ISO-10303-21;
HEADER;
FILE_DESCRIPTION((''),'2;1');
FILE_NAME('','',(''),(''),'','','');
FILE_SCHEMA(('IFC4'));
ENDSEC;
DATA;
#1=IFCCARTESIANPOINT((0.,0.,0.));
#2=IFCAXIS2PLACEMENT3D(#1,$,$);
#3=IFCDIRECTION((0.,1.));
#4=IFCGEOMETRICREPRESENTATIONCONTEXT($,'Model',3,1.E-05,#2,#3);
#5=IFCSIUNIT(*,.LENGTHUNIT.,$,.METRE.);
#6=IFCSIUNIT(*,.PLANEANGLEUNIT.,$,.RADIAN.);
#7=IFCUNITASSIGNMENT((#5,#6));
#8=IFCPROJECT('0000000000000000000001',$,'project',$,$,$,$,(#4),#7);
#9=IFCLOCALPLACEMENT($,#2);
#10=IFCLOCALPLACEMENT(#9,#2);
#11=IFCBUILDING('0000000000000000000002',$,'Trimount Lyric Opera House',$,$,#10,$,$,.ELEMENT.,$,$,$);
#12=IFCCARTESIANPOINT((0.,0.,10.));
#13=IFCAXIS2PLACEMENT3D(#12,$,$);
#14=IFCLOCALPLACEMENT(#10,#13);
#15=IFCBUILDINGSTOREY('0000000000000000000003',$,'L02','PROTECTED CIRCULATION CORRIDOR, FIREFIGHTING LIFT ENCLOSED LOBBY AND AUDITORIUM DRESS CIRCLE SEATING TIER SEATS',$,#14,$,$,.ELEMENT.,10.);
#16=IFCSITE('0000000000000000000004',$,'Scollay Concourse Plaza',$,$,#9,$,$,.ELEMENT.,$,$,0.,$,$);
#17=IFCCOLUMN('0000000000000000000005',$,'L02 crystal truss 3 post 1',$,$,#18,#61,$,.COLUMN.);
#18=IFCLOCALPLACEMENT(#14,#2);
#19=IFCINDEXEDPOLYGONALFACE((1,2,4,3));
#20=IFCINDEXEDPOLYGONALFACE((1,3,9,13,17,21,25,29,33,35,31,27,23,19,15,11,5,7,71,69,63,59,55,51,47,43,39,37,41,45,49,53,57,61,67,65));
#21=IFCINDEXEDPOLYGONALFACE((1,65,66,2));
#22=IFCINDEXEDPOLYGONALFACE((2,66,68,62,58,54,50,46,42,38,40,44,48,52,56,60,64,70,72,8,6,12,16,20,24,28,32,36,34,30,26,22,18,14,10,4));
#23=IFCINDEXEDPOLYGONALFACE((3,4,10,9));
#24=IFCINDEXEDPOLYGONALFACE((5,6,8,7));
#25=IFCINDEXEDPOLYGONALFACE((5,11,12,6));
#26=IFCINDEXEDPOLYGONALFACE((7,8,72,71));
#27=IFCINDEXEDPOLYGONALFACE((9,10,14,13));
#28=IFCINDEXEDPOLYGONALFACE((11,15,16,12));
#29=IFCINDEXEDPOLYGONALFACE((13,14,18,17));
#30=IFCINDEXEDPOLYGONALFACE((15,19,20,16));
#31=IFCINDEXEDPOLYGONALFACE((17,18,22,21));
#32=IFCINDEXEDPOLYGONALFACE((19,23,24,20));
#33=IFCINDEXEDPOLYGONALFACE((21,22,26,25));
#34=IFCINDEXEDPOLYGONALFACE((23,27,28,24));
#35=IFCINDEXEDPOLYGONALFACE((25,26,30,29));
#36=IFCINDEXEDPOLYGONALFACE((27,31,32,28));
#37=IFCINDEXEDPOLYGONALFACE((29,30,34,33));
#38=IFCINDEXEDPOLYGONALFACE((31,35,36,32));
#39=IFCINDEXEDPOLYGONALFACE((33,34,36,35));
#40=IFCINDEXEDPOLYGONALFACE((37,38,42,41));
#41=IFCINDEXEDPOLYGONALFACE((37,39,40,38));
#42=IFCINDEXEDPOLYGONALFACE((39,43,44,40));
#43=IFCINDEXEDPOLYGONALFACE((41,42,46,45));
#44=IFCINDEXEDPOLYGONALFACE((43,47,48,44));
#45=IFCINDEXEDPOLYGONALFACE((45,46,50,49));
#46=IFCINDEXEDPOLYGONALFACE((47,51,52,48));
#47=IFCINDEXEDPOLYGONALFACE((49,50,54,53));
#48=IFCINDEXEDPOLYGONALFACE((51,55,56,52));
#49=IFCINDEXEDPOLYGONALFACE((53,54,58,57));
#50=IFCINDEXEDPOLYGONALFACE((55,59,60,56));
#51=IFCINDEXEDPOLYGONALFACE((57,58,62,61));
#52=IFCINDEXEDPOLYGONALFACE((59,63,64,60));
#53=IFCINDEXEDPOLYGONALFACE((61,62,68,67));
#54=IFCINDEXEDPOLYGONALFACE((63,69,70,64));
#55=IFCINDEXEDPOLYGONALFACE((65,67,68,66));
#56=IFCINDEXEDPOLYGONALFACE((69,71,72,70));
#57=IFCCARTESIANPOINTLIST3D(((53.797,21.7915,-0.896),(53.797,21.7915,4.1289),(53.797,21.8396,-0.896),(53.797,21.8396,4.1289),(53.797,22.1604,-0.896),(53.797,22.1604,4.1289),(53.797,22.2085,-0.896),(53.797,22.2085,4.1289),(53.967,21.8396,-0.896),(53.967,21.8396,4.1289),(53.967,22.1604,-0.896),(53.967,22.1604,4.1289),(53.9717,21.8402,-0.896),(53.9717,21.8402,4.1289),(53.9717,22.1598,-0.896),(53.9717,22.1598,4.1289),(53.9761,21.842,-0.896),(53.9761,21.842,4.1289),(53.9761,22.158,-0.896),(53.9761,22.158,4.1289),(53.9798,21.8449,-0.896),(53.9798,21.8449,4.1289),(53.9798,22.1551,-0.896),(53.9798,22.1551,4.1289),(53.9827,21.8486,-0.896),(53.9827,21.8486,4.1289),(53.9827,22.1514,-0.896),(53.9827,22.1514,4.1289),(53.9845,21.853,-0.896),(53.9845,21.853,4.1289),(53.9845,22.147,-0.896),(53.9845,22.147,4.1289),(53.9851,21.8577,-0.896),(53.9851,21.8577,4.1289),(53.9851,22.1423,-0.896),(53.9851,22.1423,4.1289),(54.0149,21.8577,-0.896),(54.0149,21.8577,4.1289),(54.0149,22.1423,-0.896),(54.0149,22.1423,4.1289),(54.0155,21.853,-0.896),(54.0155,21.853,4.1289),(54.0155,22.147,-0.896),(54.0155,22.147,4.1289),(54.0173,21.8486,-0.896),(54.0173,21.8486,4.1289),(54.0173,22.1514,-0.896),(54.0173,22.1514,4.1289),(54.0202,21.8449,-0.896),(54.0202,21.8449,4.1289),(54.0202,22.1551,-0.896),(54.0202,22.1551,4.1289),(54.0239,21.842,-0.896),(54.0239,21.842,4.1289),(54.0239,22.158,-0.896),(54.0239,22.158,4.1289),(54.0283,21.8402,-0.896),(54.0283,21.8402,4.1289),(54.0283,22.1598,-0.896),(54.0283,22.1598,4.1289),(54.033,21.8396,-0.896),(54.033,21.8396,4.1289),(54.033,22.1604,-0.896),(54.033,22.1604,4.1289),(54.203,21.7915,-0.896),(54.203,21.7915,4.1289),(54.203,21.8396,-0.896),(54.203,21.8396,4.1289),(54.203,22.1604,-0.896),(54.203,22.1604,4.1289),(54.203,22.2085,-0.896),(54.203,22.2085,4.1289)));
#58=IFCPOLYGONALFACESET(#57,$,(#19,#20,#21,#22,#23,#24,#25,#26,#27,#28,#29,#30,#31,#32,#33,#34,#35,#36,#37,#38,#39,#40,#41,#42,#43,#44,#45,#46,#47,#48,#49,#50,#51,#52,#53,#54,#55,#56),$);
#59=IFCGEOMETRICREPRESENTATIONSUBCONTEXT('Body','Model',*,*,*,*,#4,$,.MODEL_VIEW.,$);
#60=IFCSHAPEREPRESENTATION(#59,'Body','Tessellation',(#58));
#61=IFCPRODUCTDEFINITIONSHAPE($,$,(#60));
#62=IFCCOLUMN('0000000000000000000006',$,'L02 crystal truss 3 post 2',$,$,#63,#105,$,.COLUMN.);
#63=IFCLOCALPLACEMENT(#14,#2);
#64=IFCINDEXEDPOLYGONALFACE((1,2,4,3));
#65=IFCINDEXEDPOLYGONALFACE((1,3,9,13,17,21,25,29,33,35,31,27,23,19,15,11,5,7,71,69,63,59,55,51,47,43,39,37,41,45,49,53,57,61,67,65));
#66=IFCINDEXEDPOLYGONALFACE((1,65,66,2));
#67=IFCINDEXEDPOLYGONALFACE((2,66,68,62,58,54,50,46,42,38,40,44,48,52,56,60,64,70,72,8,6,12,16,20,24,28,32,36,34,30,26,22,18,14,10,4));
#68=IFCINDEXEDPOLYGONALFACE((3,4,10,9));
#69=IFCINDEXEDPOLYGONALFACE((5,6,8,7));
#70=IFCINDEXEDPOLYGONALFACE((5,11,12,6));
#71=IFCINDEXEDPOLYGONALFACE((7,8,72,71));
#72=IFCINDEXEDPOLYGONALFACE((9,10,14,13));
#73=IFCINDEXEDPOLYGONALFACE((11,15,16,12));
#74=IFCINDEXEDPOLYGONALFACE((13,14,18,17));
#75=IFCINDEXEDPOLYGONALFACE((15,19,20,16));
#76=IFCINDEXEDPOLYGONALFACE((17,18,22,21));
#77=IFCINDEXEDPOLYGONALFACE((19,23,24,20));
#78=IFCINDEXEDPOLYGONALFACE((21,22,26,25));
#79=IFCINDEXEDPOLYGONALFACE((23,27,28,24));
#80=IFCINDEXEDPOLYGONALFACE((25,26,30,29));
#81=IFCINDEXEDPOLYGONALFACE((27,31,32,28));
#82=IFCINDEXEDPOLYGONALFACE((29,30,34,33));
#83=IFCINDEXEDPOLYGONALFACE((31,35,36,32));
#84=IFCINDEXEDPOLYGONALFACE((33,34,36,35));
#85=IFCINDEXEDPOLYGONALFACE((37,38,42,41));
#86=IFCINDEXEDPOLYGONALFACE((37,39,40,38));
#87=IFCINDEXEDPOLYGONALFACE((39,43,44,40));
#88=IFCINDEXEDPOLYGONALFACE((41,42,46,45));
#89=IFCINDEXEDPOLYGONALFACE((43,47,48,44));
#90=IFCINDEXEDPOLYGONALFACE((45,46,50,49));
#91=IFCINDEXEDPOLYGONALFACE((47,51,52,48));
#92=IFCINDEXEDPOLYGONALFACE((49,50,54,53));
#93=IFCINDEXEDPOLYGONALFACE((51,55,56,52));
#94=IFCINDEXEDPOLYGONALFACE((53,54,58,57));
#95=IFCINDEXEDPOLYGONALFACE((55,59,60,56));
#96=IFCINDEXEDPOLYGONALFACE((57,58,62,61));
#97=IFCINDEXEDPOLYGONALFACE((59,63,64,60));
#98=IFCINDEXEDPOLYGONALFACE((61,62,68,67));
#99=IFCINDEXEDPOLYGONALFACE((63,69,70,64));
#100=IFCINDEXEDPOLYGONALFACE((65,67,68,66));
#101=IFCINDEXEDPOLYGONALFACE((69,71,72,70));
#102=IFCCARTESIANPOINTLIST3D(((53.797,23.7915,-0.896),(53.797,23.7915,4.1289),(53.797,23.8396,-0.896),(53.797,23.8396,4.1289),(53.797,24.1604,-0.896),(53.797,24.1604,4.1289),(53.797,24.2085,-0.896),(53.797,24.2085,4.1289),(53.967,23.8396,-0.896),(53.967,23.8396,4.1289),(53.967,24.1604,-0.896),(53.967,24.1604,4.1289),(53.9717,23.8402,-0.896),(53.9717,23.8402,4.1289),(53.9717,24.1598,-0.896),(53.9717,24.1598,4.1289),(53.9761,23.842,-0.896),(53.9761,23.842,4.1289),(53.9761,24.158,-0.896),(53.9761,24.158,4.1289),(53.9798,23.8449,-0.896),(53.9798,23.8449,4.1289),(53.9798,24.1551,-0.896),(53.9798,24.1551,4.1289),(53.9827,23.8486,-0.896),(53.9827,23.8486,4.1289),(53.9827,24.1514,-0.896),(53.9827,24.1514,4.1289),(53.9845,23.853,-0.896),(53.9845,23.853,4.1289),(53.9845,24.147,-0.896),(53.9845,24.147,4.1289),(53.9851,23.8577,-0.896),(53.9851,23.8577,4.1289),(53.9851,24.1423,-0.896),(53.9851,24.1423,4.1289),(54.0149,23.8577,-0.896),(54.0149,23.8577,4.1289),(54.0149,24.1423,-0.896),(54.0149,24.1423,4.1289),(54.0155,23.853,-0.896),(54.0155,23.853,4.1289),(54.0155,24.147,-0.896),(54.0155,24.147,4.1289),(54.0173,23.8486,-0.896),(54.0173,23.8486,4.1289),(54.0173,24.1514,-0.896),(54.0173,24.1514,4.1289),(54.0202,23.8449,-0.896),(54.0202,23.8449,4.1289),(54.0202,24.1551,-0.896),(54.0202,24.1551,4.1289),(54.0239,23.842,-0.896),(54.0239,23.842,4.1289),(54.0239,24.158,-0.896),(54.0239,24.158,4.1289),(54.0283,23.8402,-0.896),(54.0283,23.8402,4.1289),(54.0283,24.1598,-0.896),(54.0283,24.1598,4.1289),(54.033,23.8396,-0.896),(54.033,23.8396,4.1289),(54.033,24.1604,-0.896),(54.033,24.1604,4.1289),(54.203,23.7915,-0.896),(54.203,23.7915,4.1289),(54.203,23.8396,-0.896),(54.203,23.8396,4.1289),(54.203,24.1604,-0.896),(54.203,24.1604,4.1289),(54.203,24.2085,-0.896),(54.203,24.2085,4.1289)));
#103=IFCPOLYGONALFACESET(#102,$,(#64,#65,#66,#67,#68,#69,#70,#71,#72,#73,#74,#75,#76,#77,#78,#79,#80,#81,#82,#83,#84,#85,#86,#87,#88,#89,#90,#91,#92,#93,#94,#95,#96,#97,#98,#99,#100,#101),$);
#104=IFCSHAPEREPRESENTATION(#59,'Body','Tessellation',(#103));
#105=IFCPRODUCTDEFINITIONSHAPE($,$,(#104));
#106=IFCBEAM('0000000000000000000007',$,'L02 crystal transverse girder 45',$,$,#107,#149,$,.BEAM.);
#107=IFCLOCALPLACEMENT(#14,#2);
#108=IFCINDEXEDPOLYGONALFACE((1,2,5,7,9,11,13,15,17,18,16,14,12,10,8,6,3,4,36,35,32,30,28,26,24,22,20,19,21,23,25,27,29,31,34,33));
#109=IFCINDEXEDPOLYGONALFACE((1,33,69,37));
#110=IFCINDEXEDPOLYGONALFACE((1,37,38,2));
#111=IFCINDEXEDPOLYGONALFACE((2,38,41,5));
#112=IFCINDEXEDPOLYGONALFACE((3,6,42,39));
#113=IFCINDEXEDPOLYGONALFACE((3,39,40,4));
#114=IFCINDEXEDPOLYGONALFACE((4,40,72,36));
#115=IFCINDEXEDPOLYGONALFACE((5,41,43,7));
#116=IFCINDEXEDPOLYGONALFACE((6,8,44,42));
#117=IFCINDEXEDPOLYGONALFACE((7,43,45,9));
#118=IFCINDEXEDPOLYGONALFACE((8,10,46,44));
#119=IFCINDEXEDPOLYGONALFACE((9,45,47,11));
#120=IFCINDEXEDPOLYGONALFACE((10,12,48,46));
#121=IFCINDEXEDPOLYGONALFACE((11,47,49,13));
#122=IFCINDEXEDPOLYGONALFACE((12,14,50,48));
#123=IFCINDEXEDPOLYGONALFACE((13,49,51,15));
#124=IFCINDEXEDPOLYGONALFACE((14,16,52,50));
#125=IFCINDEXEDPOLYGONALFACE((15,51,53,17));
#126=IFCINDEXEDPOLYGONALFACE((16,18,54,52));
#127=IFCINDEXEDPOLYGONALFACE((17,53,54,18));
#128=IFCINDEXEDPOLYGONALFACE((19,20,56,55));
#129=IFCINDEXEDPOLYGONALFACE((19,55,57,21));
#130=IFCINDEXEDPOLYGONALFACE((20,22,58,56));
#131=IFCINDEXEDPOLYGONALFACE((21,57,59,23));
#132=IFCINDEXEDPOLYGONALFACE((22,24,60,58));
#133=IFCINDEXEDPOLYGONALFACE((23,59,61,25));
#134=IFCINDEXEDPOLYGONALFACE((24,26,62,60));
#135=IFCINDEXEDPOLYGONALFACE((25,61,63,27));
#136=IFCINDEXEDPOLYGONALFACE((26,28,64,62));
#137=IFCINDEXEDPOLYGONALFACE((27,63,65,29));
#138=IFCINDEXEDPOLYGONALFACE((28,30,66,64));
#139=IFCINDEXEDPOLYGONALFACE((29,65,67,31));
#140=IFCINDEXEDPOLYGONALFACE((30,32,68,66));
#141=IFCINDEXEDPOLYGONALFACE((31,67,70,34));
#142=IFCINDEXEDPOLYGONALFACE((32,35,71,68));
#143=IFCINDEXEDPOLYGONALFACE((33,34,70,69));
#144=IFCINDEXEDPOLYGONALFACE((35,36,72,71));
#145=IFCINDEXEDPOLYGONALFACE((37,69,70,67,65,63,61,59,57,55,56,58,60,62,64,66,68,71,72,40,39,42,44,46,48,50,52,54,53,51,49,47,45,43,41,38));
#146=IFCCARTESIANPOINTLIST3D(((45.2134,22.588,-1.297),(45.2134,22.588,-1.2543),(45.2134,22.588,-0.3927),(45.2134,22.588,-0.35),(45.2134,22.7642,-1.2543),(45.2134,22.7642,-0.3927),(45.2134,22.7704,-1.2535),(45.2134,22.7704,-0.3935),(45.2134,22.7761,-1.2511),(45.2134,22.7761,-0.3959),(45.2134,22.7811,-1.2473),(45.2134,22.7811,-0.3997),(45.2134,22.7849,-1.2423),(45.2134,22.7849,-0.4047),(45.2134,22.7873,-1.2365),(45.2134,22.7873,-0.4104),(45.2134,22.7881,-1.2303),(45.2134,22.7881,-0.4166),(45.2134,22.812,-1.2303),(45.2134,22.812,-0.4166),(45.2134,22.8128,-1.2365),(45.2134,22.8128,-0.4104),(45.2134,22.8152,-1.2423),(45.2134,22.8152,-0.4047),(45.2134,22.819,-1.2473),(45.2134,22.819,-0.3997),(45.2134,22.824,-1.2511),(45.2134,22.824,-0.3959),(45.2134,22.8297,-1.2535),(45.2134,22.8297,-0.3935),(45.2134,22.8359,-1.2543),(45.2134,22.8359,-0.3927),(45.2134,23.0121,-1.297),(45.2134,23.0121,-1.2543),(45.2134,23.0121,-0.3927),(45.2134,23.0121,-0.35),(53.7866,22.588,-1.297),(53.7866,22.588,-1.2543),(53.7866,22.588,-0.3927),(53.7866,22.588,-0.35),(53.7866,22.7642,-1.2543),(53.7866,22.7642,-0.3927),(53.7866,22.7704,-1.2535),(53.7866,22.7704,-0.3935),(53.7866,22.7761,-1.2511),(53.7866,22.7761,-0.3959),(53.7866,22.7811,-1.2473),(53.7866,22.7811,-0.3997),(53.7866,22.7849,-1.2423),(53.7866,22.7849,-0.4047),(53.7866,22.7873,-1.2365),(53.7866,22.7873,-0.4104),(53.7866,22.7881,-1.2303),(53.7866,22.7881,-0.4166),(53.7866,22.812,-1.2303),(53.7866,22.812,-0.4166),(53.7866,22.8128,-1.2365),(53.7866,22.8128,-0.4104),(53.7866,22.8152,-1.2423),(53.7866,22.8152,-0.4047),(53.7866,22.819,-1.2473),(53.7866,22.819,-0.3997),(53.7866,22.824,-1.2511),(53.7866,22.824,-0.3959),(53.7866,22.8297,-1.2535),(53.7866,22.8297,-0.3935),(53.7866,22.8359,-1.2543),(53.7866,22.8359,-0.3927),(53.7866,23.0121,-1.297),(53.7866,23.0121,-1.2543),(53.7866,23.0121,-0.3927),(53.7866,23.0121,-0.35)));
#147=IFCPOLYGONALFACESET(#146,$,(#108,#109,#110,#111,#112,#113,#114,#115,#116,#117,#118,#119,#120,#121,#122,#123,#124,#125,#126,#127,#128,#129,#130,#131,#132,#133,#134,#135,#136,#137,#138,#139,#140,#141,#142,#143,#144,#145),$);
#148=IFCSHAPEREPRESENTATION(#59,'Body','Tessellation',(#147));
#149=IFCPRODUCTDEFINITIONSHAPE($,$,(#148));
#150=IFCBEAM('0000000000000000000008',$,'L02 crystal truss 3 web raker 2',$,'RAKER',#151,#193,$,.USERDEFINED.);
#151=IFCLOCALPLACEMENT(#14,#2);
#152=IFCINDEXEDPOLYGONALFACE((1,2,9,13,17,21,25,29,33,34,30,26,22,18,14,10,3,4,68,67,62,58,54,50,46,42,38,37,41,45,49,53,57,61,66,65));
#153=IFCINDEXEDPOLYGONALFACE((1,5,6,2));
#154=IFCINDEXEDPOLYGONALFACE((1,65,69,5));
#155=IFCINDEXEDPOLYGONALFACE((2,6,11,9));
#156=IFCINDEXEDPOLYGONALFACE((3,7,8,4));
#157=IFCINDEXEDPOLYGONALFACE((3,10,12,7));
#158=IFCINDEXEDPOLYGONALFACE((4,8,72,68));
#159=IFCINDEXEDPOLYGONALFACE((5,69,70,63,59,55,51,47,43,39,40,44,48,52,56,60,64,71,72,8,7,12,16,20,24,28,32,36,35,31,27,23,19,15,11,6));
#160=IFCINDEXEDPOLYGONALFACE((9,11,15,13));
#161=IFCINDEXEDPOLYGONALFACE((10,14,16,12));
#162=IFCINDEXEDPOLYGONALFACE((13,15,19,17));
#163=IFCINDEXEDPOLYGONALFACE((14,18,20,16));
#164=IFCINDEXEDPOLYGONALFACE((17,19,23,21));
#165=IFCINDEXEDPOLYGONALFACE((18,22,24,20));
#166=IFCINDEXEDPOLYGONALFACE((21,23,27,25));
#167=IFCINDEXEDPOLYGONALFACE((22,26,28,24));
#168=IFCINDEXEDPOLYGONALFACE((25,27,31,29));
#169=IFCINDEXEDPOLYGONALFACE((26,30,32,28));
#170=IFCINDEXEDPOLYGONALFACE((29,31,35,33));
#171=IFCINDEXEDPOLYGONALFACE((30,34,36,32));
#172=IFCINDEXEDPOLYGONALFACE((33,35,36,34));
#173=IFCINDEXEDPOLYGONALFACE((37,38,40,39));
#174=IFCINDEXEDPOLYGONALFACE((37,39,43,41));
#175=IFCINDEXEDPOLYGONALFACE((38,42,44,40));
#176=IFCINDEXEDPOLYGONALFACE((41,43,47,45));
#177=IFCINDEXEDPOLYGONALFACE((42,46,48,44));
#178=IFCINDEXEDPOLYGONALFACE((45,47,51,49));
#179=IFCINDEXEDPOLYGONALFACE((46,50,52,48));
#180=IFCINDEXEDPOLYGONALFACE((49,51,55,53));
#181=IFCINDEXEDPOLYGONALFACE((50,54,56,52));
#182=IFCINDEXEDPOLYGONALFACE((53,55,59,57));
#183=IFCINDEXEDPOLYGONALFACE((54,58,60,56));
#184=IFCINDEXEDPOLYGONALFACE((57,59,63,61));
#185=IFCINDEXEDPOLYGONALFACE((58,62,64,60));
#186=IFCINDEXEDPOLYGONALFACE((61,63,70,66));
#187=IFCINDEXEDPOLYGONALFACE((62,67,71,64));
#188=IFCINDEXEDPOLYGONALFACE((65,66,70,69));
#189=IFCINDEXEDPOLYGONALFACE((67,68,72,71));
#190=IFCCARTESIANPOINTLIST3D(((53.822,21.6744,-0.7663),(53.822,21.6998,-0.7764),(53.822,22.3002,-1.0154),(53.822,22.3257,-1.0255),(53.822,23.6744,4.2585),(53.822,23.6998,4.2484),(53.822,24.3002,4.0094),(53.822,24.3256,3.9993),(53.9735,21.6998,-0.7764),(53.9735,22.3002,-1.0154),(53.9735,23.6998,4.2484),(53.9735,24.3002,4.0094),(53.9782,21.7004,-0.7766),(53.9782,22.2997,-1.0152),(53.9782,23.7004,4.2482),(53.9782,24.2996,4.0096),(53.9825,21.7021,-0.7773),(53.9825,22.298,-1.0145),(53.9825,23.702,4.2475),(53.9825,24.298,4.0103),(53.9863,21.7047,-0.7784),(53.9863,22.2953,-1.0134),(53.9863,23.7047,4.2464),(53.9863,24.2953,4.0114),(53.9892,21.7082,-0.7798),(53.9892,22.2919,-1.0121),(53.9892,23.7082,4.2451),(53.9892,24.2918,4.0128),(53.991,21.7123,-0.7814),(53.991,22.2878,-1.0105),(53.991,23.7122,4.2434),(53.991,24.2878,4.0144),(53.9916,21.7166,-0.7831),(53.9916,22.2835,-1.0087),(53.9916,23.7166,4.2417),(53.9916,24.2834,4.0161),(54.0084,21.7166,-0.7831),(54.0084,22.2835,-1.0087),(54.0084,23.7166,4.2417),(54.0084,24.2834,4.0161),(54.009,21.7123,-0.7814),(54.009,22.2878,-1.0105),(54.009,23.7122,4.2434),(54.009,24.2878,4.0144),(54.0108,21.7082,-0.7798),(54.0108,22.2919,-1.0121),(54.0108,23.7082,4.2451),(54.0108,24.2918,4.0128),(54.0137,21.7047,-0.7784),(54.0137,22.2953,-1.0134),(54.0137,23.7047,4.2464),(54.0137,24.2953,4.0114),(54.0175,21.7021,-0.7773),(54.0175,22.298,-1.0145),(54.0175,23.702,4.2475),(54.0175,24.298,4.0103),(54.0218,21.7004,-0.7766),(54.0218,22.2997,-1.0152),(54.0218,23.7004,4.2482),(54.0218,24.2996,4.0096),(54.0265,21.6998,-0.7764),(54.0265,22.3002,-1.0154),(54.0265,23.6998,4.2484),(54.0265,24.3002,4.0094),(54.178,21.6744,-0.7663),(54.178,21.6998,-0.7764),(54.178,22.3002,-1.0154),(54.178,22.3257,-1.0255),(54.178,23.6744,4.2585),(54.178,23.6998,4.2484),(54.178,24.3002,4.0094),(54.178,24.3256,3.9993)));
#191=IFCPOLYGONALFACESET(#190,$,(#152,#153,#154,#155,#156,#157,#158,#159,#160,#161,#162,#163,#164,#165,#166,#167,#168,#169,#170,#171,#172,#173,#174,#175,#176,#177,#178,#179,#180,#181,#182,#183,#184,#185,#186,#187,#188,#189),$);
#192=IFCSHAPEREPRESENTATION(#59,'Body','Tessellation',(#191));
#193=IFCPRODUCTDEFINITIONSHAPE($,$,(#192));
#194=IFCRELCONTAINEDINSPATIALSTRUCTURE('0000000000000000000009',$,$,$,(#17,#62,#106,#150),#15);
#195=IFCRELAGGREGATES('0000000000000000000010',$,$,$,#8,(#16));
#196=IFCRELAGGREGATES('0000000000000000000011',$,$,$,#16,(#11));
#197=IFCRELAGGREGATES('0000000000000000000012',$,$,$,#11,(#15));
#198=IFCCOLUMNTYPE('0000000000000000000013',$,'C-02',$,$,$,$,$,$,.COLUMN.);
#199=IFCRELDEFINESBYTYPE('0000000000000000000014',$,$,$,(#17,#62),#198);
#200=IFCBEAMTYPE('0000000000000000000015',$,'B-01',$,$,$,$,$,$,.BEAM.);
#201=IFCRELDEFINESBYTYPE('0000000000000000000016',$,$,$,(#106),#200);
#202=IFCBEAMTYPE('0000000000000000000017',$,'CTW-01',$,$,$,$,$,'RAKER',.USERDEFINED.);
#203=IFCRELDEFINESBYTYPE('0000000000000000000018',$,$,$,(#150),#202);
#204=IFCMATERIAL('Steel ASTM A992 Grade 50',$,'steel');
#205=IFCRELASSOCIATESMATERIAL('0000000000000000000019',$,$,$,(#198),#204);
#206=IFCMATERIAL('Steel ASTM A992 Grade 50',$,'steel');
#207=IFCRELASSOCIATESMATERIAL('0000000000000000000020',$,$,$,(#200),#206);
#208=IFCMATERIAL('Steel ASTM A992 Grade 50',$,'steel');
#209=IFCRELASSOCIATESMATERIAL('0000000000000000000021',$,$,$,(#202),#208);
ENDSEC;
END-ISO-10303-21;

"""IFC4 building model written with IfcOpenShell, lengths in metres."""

from ifc_helpers import new_model, si_unit, direction, frame, origin, origin_2d, place, context, subcontext, project, spatial, i_section, extrude, material, material_profile, profile_set, type_object, element, save


model = new_model("IFC4")

# Units and contexts
model_context = context("Model", 3, precision=1e-05, world=origin(), true_north=direction((0.0, 1.0)))
body_context = subcontext(model_context, "Body", "Model", "MODEL_VIEW")
ifc_project = project(units=[si_unit("LENGTHUNIT", "METRE"), si_unit("PLANEANGLEUNIT", "RADIAN")], contexts=[model_context])

# Site, building, storey
site_placement = place(None, origin())
site = spatial("IfcSite", under=ifc_project, at=site_placement, Name="Scollay Concourse Plaza", CompositionType="ELEMENT", RefElevation=0.0)
building_placement = place(site_placement, origin())
building = spatial("IfcBuilding", under=site, at=building_placement, Name="Trimount Lyric Opera House", CompositionType="ELEMENT")
storey_placement = place(building_placement, frame((0.0, 0.0, 10.0)))
storey = spatial("IfcBuildingStorey", under=building, at=storey_placement, Name="L02", Description="PROTECTED CIRCULATION CORRIDOR, FIREFIGHTING LIFT ENCLOSED LOBBY AND AUDITORIUM DRESS CIRCLE SEATING TIER SEATS", CompositionType="ELEMENT", Elevation=10.0)

# Columns
ifc_material_1 = material(Name="Steel ASTM A992 Grade 50", Category="steel")
ifc_material_profile_1 = material_profile(ifc_material_1, i_section(OverallWidth=0.406, OverallDepth=0.417, WebThickness=0.0298, FlangeThickness=0.0481, FilletRadius=0.0181, at=origin_2d()), Name="W14X257")
ifc_profile_set_1 = profile_set([ifc_material_profile_1], Name="Steel ASTM A992 Grade 50")
column_type = type_object("IfcColumnType", Name="C-02", PredefinedType="COLUMN", material=ifc_profile_set_1)
for number, where, z_axis, x_axis, name in (
    (1, (54.0, 22.0, -0.896), (0.0, 0.0, 1.0), (1.0, 0.0, 0.0), "L02 crystal truss 3 post 1"),
    (2, (54.0, 24.0, -0.896), (0.0, 0.0, 1.0), (1.0, 0.0, 0.0), "L02 crystal truss 3 post 2"),
):
    element("IfcColumn", number, at=place(storey_placement, frame(where, z_axis=z_axis, x_axis=x_axis)), inside=storey, type_object=column_type, Name=name, PredefinedType="COLUMN", context=body_context, shape_type="SweptSolid", body=[
        extrude(i_section(OverallWidth=0.406, OverallDepth=0.417, WebThickness=0.0298, FlangeThickness=0.0481, FilletRadius=0.0181, at=origin_2d()), origin(), (0.0, 0.0, 1.0), 5.0249),
    ])

# Beams
ifc_material_2 = material(Name="Steel ASTM A992 Grade 50", Category="steel")
ifc_material_profile_2 = material_profile(ifc_material_2, i_section(OverallWidth=0.4241, OverallDepth=0.947, WebThickness=0.0239, FlangeThickness=0.0427, FilletRadius=0.0239, at=origin_2d()), Name="W36X302")
ifc_profile_set_2 = profile_set([ifc_material_profile_2], Name="Steel ASTM A992 Grade 50")
beam_type_1 = type_object("IfcBeamType", Name="B-01", PredefinedType="BEAM", material=ifc_profile_set_2)
beam_placement = place(storey_placement, frame((45.2134, 22.8, -0.8235), z_axis=(1.0, 0.0, 0.0), x_axis=(0.0, 1.0, 0.0)))
element("IfcBeam", 3, at=beam_placement, inside=storey, type_object=beam_type_1, Name="L02 crystal transverse girder 45", PredefinedType="BEAM", context=body_context, shape_type="SweptSolid", body=[
    extrude(i_section(OverallWidth=0.4241, OverallDepth=0.947, WebThickness=0.0239, FlangeThickness=0.0427, FilletRadius=0.0239, at=origin_2d()), origin(), (0.0, 0.0, 1.0), 8.5732),
])
ifc_material_3 = material(Name="Steel ASTM A992 Grade 50", Category="steel")
ifc_material_profile_3 = material_profile(ifc_material_3, i_section(OverallWidth=0.356, OverallDepth=0.7009, WebThickness=0.0168, FlangeThickness=0.0273, FilletRadius=0.0181, at=origin_2d()), Name="W27X161")
ifc_profile_set_3 = profile_set([ifc_material_profile_3], Name="Steel ASTM A992 Grade 50")
beam_type_2 = type_object("IfcBeamType", Name="CTW-01", ElementType="RAKER", PredefinedType="USERDEFINED", material=ifc_profile_set_3)
for number, where, z_axis, x_axis, name in (
    (4, (54.0, 24.0, 4.1289), (0.0, -0.369802, -0.92911), (1.0, 0.0, 0.0), "L02 crystal truss 3 web raker 2"),
):
    element("IfcBeam", number, at=place(storey_placement, frame(where, z_axis=z_axis, x_axis=x_axis)), inside=storey, type_object=beam_type_2, Name=name, ObjectType="RAKER", PredefinedType="USERDEFINED", context=body_context, shape_type="SweptSolid", body=[
        extrude(i_section(OverallWidth=0.356, OverallDepth=0.7009, WebThickness=0.0168, FlangeThickness=0.0273, FilletRadius=0.0181, at=origin_2d()), origin(), (0.0, 0.0, 1.0), 5.4082),
    ])

save(model, "model.ifc")
